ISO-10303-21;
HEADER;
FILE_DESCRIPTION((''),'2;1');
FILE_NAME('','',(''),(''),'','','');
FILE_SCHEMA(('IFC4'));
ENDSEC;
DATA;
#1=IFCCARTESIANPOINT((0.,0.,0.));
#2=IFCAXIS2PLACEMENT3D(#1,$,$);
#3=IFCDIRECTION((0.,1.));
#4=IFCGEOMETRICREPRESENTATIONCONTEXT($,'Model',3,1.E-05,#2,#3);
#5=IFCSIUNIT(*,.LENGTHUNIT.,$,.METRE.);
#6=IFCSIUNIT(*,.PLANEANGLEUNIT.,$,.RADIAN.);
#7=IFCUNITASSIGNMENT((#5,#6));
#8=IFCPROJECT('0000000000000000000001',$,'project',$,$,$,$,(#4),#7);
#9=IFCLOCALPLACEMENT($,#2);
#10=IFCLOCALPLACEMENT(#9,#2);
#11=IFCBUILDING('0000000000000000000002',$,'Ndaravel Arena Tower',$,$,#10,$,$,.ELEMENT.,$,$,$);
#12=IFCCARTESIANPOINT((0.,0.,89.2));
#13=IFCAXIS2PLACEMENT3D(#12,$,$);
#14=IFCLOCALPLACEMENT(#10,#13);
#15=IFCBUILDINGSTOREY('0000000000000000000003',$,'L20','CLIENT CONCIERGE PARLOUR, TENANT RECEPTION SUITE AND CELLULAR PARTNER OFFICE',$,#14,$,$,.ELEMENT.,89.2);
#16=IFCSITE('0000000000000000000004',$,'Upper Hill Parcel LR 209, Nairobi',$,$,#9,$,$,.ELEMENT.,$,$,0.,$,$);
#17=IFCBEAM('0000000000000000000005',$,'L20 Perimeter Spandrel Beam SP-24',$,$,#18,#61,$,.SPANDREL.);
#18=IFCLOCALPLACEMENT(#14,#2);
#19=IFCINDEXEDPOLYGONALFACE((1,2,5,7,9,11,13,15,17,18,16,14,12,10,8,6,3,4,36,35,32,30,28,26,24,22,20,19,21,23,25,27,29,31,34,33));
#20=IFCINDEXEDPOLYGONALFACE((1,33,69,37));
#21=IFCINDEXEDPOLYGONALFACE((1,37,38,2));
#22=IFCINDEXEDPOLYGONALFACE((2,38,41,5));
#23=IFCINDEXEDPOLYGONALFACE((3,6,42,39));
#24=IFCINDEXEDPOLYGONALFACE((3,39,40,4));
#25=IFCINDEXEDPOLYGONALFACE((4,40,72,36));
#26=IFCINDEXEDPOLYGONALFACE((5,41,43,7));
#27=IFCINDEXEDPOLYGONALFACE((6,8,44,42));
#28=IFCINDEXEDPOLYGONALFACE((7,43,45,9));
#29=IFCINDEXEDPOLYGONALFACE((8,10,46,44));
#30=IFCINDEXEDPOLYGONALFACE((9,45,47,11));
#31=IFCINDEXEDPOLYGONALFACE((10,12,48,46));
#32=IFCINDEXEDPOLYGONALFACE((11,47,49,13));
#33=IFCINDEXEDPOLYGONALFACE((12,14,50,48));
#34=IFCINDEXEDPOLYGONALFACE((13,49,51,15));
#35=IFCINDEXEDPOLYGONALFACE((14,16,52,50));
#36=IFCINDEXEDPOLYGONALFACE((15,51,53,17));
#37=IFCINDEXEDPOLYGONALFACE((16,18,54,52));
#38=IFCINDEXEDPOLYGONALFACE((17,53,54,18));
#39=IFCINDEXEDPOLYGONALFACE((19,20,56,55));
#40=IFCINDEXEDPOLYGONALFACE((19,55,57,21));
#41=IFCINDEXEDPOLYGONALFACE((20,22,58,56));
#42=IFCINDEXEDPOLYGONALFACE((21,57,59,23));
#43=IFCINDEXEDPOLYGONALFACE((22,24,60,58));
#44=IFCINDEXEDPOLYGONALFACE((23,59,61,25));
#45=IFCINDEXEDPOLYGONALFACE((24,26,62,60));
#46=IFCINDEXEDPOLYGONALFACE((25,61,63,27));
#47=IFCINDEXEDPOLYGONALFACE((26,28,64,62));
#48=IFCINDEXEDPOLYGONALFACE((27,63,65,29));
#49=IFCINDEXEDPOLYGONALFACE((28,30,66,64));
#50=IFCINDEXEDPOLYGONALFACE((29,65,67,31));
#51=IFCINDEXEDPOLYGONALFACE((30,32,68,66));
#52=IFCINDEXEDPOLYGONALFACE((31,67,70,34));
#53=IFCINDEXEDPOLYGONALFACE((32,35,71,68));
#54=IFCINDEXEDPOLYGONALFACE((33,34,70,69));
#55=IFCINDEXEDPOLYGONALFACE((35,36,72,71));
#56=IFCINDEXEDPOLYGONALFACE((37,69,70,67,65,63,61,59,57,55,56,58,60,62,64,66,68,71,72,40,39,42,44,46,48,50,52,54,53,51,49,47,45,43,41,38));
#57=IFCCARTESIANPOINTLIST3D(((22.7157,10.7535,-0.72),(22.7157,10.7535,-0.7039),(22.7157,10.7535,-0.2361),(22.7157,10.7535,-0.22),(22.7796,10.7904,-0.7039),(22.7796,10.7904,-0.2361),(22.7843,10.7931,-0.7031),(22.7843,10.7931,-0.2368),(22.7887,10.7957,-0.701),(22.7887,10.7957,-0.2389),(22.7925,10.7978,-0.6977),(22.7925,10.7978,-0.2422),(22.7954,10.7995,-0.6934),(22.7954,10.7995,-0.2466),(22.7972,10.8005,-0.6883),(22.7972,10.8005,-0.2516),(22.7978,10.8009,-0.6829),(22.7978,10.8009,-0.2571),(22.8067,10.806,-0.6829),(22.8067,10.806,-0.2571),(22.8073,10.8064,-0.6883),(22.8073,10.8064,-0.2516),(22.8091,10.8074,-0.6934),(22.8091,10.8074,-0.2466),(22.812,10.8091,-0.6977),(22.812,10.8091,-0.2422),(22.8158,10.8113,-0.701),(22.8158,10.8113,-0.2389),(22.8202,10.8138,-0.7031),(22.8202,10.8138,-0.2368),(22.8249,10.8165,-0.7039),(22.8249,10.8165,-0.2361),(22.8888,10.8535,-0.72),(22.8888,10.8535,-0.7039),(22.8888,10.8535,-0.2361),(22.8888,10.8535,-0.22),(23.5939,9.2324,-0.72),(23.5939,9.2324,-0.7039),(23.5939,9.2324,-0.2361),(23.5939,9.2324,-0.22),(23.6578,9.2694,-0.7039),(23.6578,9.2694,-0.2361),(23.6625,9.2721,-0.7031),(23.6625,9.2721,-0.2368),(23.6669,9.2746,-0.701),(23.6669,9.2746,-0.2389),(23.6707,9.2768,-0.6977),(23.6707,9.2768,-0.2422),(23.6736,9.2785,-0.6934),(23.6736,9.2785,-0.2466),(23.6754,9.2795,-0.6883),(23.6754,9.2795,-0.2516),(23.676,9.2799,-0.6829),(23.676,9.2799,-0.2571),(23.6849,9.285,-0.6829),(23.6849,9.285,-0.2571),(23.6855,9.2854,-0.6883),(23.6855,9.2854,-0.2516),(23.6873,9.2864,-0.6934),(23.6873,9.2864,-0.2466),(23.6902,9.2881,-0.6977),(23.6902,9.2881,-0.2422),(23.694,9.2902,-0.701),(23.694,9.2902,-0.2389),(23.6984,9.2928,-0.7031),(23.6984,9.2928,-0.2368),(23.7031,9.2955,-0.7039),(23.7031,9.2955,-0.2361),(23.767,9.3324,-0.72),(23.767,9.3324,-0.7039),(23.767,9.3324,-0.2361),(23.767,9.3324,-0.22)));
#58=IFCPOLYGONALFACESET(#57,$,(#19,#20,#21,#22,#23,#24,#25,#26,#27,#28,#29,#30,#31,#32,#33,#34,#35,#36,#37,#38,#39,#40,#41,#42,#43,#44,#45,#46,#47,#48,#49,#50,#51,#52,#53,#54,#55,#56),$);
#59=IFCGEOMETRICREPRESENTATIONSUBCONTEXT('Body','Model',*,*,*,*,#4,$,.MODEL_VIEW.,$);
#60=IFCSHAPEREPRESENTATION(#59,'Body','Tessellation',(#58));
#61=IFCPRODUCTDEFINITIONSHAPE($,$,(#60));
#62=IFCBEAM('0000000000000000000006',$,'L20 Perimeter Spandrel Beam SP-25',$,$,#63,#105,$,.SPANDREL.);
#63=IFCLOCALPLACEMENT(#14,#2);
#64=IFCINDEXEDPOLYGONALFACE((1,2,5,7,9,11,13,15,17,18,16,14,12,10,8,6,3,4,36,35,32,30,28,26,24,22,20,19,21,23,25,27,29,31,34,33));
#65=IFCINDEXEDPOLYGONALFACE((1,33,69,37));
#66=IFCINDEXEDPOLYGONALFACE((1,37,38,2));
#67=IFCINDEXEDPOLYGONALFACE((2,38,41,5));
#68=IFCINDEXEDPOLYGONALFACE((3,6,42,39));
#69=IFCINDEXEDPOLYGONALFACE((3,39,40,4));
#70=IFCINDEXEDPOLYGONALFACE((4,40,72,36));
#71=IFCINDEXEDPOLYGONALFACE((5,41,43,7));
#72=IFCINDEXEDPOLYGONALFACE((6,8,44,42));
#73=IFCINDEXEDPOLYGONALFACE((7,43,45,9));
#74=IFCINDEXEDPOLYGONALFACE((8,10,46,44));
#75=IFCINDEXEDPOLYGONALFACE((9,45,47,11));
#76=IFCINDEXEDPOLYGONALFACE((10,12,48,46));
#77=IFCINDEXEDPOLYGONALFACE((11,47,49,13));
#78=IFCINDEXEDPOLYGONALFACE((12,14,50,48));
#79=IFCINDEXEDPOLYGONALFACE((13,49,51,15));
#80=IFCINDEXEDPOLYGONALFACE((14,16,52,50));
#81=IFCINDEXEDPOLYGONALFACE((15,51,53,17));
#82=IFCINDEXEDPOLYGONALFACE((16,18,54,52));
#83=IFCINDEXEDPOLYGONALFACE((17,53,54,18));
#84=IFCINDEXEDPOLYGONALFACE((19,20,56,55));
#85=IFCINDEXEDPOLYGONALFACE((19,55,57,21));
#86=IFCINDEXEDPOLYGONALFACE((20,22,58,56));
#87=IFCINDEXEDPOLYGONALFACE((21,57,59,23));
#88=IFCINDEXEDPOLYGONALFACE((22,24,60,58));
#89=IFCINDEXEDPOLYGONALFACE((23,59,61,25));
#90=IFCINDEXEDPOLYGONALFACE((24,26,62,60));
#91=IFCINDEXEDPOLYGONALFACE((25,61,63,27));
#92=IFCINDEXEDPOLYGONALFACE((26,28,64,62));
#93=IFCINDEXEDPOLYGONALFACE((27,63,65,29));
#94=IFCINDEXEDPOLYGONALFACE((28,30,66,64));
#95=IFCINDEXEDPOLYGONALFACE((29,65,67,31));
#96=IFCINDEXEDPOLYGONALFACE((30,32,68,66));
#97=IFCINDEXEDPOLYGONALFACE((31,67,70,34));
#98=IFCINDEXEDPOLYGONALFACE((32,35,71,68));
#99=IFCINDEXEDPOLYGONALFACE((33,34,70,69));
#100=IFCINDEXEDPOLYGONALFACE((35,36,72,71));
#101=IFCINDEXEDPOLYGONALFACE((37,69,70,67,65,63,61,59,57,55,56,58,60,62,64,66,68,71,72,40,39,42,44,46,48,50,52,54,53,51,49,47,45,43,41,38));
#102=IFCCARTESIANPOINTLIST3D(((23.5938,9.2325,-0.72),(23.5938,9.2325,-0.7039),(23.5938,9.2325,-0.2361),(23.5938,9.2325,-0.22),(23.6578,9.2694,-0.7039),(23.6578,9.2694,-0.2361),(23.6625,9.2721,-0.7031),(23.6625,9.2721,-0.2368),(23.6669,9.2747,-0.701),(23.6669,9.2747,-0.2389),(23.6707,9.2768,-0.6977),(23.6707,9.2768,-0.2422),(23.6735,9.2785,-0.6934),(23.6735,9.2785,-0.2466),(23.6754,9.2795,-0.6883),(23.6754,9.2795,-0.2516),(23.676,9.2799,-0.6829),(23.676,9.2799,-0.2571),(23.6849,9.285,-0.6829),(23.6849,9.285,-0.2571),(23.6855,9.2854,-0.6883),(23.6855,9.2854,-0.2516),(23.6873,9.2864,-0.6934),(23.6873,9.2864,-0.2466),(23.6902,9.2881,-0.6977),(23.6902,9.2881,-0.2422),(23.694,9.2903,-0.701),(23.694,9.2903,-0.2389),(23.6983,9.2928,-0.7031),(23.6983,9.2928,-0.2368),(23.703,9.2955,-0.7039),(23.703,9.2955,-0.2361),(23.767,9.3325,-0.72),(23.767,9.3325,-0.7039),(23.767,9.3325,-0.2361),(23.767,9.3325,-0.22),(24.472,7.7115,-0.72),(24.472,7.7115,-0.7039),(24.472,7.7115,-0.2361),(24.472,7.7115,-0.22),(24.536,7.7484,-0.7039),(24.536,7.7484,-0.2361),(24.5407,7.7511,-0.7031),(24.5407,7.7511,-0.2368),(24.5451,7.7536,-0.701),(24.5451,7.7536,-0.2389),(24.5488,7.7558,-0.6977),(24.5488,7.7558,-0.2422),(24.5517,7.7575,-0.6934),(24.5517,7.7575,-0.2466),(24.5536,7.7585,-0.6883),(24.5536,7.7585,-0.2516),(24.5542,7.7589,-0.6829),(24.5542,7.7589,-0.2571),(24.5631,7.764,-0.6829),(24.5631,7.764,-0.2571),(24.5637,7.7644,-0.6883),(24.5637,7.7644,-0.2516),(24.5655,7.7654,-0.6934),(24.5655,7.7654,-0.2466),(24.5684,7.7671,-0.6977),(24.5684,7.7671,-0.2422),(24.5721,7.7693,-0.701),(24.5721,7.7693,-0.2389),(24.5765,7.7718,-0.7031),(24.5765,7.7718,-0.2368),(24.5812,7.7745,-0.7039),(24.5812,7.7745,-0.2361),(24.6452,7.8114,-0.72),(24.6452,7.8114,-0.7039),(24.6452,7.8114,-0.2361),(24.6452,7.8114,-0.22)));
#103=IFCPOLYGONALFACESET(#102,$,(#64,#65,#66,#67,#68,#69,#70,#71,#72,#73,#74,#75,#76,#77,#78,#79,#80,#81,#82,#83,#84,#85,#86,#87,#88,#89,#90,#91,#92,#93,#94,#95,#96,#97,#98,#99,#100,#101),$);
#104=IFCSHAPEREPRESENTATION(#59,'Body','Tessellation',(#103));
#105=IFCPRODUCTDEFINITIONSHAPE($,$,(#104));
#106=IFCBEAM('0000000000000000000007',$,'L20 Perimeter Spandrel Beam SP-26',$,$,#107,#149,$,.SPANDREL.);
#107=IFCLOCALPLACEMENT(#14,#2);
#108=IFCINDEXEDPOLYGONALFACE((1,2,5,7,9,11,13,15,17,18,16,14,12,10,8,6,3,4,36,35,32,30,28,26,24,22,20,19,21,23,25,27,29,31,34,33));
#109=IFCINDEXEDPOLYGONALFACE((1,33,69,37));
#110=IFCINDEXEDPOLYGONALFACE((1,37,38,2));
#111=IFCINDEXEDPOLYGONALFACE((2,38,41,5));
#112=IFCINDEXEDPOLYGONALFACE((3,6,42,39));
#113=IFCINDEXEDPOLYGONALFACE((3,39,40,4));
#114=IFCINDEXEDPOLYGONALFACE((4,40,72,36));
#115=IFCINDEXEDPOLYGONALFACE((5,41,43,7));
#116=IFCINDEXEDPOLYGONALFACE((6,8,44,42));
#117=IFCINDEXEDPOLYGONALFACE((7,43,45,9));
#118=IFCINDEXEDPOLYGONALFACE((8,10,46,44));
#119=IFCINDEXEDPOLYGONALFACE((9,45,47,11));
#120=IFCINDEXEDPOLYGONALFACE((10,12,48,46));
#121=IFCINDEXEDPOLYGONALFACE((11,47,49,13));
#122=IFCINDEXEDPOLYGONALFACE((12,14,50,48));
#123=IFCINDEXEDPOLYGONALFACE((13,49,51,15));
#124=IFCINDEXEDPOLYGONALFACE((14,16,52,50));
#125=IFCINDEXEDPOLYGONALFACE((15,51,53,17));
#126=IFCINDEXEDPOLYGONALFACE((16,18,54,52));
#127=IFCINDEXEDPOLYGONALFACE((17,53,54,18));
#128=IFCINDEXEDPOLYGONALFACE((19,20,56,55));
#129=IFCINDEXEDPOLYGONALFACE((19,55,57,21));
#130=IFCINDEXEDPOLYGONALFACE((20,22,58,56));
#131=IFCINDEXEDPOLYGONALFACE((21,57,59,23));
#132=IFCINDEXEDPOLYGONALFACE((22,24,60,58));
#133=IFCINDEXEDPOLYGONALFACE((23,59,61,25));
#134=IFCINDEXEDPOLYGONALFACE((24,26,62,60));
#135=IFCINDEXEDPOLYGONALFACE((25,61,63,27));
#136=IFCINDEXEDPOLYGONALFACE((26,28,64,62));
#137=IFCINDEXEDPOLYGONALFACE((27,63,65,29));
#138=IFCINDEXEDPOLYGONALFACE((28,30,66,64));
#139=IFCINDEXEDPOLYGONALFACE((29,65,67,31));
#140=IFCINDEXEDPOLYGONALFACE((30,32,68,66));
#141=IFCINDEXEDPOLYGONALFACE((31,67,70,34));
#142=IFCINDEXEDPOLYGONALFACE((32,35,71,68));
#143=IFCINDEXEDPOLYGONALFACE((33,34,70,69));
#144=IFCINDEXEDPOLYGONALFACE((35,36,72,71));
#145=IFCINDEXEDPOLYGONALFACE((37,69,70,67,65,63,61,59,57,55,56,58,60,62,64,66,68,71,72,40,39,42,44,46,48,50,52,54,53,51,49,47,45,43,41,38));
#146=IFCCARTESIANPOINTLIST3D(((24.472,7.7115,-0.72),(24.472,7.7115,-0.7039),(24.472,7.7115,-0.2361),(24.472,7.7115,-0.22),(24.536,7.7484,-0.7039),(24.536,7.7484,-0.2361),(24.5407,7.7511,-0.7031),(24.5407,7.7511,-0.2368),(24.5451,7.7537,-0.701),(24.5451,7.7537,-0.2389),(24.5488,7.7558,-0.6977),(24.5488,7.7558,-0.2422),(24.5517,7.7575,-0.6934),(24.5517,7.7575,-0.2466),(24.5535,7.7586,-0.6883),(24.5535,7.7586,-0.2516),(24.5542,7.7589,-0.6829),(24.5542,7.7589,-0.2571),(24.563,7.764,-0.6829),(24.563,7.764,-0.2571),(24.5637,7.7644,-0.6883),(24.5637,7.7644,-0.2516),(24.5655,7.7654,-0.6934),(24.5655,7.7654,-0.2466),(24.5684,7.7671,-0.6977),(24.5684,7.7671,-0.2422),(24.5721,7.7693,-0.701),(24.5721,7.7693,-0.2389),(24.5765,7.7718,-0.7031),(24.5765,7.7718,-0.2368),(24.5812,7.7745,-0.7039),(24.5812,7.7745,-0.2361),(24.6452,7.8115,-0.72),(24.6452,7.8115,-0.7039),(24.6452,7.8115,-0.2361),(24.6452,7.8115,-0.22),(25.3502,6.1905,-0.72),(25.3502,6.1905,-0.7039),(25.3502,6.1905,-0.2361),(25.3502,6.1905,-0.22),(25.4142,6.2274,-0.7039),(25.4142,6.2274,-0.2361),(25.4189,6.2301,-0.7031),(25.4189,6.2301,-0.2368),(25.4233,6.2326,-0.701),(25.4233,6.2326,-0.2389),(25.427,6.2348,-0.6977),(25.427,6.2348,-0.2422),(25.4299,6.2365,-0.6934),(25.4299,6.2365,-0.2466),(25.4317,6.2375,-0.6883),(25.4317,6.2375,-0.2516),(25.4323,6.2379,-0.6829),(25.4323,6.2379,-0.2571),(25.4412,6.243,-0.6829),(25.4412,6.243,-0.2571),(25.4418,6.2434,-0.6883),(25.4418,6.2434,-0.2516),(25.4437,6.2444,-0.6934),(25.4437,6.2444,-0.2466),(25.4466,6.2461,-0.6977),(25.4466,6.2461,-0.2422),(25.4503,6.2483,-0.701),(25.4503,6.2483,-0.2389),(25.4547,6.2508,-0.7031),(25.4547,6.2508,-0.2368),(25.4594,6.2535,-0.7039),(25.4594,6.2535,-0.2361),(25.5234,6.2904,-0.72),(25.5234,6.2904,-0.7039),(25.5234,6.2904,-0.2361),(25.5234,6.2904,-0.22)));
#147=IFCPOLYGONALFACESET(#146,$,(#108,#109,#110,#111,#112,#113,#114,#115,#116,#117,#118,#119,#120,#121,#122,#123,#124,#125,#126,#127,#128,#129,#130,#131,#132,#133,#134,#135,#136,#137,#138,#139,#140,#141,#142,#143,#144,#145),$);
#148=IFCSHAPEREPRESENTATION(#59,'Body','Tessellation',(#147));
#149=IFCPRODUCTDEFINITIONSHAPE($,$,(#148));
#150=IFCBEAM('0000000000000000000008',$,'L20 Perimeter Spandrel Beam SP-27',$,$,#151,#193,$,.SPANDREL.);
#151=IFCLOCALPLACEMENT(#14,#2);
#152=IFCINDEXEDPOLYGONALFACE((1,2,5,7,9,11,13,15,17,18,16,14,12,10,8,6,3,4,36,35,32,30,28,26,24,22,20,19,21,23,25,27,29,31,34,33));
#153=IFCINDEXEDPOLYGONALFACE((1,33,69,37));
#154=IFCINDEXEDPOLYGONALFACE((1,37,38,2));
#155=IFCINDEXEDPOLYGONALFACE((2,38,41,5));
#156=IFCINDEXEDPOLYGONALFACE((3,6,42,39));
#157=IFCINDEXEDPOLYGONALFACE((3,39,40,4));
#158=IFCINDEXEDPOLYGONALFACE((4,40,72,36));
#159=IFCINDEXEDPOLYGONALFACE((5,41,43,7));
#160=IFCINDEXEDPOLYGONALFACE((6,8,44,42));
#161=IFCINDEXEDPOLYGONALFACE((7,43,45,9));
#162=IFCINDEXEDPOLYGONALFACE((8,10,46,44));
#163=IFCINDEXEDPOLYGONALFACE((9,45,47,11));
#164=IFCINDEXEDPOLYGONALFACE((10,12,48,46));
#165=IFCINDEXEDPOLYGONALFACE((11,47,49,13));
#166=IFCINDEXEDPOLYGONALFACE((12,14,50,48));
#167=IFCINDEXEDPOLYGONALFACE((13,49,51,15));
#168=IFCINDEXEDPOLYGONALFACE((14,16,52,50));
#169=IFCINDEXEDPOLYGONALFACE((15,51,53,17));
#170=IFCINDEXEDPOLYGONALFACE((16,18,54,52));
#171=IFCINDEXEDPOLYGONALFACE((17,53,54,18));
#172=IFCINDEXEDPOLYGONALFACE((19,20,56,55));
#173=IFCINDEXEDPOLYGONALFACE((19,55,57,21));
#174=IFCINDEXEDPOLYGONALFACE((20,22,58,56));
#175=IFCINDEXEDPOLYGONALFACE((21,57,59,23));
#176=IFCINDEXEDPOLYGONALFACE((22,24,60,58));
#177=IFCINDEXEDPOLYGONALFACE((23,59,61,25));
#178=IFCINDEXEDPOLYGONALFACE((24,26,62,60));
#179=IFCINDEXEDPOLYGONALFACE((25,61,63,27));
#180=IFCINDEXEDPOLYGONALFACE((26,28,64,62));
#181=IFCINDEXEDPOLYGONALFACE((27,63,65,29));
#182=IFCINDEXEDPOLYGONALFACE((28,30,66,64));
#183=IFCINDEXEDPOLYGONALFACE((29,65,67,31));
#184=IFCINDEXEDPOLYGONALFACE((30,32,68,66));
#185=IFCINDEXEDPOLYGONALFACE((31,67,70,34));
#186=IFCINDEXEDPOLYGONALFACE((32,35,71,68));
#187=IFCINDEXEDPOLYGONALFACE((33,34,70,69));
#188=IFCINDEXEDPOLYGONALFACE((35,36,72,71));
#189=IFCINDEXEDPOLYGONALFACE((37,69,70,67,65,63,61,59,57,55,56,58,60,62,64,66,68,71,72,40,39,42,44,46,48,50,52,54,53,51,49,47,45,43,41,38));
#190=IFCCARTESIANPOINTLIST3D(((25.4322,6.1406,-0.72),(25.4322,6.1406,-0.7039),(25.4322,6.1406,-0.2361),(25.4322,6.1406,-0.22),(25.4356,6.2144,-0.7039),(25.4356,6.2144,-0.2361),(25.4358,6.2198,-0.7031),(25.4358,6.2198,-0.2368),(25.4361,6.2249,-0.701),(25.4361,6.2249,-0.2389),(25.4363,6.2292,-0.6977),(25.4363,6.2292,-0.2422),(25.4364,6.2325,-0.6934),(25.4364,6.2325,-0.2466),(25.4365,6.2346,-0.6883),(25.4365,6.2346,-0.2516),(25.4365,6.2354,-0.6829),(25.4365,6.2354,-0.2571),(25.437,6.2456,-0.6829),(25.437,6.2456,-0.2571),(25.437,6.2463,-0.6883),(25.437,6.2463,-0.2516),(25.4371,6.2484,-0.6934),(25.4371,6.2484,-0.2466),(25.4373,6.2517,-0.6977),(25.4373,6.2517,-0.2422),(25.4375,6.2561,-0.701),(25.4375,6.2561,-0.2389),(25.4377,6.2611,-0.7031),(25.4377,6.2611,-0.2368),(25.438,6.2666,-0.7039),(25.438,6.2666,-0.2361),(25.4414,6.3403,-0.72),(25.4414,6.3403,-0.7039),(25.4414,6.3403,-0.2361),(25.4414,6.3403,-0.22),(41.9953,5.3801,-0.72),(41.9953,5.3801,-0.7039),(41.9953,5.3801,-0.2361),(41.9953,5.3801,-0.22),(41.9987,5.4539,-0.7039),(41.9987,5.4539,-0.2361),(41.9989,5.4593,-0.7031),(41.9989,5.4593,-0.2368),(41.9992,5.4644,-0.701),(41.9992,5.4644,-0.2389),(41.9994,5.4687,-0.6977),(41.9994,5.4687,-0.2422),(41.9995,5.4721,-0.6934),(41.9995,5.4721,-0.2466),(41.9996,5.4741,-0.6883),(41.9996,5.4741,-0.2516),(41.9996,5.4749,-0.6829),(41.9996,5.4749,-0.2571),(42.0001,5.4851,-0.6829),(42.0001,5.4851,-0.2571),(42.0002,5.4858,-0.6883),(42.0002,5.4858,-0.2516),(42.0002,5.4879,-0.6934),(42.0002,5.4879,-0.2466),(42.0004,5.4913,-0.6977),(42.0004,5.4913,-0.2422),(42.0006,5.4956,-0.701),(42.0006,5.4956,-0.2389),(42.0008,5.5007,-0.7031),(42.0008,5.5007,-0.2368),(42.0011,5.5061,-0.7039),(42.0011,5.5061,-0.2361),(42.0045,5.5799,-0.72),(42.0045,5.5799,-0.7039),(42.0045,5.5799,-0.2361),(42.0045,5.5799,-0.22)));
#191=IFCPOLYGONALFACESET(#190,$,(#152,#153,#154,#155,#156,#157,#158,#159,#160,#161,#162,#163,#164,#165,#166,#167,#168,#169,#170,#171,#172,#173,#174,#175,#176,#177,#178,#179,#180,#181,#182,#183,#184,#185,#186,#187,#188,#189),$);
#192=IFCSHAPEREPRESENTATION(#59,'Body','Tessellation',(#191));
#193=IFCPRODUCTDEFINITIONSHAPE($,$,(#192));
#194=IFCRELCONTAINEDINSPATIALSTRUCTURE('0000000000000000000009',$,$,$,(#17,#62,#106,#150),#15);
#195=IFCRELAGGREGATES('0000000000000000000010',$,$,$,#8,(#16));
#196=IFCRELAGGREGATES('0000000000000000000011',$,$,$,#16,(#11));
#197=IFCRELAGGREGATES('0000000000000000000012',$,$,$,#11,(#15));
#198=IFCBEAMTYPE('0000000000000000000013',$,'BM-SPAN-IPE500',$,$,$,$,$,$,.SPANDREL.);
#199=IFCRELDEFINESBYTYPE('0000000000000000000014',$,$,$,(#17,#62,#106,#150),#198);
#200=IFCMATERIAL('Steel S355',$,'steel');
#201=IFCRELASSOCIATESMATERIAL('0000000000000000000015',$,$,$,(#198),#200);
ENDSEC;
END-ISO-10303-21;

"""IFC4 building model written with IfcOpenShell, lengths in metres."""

from ifc_helpers import new_model, si_unit, direction, frame, origin, origin_2d, place, context, subcontext, project, spatial, i_section, extrude, material, material_profile, profile_set, type_object, element, save


model = new_model("IFC4")

# Units and contexts
model_context = context("Model", 3, precision=1e-05, world=origin(), true_north=direction((0.0, 1.0)))
body_context = subcontext(model_context, "Body", "Model", "MODEL_VIEW")
ifc_project = project(units=[si_unit("LENGTHUNIT", "METRE"), si_unit("PLANEANGLEUNIT", "RADIAN")], contexts=[model_context])

# Site, building, storey
site_placement = place(None, origin())
site = spatial("IfcSite", under=ifc_project, at=site_placement, Name="Upper Hill Parcel LR 209, Nairobi", CompositionType="ELEMENT", RefElevation=0.0)
building_placement = place(site_placement, origin())
building = spatial("IfcBuilding", under=site, at=building_placement, Name="Ndaravel Arena Tower", CompositionType="ELEMENT")
storey_placement = place(building_placement, frame((0.0, 0.0, 89.2)))
storey = spatial("IfcBuildingStorey", under=building, at=storey_placement, Name="L20", Description="CLIENT CONCIERGE PARLOUR, TENANT RECEPTION SUITE AND CELLULAR PARTNER OFFICE", CompositionType="ELEMENT", Elevation=89.2)

# Beams
ifc_material_1 = material(Name="Steel S355", Category="steel")
ifc_material_profile_1 = material_profile(ifc_material_1, i_section(OverallWidth=0.2, OverallDepth=0.5, WebThickness=0.0103, FlangeThickness=0.0161, FilletRadius=0.021, at=origin_2d()), Name="IPE 500")
ifc_profile_set_1 = profile_set([ifc_material_profile_1], Name="Steel S355")
beam_type = type_object("IfcBeamType", Name="BM-SPAN-IPE500", PredefinedType="SPANDREL", material=ifc_profile_set_1)
for number, where, z_axis, x_axis, name in (
    (1, (22.8022, 10.8035, -0.47), (0.500011, -0.866019, 0.0), (0.866019, 0.500011, 0.0), "L20 Perimeter Spandrel Beam SP-24"),
    (2, (23.6804, 9.2825, -0.47), (0.500011, -0.866019, 0.0), (0.866019, 0.500011, 0.0), "L20 Perimeter Spandrel Beam SP-25"),
    (3, (24.5586, 7.7615, -0.47), (0.500011, -0.866019, 0.0), (0.866019, 0.500011, 0.0), "L20 Perimeter Spandrel Beam SP-26"),
):
    element("IfcBeam", number, at=place(storey_placement, frame(where, z_axis=z_axis, x_axis=x_axis)), inside=storey, type_object=beam_type, Name=name, PredefinedType="SPANDREL", context=body_context, shape_type="SweptSolid", body=[
        extrude(i_section(OverallWidth=0.2, OverallDepth=0.5, WebThickness=0.0103, FlangeThickness=0.0161, FilletRadius=0.021, at=origin_2d()), origin(), (0.0, 0.0, 1.0), 1.7563),
    ])
beam_1_placement = place(storey_placement, frame((25.4368, 6.2405, -0.47), z_axis=(0.998948, -0.045867, 0.0), x_axis=(0.045867, 0.998948, 0.0)))
element("IfcBeam", 4, at=beam_1_placement, inside=storey, type_object=beam_type, Name="L20 Perimeter Spandrel Beam SP-27", PredefinedType="SPANDREL", context=body_context, shape_type="SweptSolid", body=[
    extrude(i_section(OverallWidth=0.2, OverallDepth=0.5, WebThickness=0.0103, FlangeThickness=0.0161, FilletRadius=0.021, at=origin_2d()), origin(), (0.0, 0.0, 1.0), 16.5806),
])

save(model, "model.ifc")
